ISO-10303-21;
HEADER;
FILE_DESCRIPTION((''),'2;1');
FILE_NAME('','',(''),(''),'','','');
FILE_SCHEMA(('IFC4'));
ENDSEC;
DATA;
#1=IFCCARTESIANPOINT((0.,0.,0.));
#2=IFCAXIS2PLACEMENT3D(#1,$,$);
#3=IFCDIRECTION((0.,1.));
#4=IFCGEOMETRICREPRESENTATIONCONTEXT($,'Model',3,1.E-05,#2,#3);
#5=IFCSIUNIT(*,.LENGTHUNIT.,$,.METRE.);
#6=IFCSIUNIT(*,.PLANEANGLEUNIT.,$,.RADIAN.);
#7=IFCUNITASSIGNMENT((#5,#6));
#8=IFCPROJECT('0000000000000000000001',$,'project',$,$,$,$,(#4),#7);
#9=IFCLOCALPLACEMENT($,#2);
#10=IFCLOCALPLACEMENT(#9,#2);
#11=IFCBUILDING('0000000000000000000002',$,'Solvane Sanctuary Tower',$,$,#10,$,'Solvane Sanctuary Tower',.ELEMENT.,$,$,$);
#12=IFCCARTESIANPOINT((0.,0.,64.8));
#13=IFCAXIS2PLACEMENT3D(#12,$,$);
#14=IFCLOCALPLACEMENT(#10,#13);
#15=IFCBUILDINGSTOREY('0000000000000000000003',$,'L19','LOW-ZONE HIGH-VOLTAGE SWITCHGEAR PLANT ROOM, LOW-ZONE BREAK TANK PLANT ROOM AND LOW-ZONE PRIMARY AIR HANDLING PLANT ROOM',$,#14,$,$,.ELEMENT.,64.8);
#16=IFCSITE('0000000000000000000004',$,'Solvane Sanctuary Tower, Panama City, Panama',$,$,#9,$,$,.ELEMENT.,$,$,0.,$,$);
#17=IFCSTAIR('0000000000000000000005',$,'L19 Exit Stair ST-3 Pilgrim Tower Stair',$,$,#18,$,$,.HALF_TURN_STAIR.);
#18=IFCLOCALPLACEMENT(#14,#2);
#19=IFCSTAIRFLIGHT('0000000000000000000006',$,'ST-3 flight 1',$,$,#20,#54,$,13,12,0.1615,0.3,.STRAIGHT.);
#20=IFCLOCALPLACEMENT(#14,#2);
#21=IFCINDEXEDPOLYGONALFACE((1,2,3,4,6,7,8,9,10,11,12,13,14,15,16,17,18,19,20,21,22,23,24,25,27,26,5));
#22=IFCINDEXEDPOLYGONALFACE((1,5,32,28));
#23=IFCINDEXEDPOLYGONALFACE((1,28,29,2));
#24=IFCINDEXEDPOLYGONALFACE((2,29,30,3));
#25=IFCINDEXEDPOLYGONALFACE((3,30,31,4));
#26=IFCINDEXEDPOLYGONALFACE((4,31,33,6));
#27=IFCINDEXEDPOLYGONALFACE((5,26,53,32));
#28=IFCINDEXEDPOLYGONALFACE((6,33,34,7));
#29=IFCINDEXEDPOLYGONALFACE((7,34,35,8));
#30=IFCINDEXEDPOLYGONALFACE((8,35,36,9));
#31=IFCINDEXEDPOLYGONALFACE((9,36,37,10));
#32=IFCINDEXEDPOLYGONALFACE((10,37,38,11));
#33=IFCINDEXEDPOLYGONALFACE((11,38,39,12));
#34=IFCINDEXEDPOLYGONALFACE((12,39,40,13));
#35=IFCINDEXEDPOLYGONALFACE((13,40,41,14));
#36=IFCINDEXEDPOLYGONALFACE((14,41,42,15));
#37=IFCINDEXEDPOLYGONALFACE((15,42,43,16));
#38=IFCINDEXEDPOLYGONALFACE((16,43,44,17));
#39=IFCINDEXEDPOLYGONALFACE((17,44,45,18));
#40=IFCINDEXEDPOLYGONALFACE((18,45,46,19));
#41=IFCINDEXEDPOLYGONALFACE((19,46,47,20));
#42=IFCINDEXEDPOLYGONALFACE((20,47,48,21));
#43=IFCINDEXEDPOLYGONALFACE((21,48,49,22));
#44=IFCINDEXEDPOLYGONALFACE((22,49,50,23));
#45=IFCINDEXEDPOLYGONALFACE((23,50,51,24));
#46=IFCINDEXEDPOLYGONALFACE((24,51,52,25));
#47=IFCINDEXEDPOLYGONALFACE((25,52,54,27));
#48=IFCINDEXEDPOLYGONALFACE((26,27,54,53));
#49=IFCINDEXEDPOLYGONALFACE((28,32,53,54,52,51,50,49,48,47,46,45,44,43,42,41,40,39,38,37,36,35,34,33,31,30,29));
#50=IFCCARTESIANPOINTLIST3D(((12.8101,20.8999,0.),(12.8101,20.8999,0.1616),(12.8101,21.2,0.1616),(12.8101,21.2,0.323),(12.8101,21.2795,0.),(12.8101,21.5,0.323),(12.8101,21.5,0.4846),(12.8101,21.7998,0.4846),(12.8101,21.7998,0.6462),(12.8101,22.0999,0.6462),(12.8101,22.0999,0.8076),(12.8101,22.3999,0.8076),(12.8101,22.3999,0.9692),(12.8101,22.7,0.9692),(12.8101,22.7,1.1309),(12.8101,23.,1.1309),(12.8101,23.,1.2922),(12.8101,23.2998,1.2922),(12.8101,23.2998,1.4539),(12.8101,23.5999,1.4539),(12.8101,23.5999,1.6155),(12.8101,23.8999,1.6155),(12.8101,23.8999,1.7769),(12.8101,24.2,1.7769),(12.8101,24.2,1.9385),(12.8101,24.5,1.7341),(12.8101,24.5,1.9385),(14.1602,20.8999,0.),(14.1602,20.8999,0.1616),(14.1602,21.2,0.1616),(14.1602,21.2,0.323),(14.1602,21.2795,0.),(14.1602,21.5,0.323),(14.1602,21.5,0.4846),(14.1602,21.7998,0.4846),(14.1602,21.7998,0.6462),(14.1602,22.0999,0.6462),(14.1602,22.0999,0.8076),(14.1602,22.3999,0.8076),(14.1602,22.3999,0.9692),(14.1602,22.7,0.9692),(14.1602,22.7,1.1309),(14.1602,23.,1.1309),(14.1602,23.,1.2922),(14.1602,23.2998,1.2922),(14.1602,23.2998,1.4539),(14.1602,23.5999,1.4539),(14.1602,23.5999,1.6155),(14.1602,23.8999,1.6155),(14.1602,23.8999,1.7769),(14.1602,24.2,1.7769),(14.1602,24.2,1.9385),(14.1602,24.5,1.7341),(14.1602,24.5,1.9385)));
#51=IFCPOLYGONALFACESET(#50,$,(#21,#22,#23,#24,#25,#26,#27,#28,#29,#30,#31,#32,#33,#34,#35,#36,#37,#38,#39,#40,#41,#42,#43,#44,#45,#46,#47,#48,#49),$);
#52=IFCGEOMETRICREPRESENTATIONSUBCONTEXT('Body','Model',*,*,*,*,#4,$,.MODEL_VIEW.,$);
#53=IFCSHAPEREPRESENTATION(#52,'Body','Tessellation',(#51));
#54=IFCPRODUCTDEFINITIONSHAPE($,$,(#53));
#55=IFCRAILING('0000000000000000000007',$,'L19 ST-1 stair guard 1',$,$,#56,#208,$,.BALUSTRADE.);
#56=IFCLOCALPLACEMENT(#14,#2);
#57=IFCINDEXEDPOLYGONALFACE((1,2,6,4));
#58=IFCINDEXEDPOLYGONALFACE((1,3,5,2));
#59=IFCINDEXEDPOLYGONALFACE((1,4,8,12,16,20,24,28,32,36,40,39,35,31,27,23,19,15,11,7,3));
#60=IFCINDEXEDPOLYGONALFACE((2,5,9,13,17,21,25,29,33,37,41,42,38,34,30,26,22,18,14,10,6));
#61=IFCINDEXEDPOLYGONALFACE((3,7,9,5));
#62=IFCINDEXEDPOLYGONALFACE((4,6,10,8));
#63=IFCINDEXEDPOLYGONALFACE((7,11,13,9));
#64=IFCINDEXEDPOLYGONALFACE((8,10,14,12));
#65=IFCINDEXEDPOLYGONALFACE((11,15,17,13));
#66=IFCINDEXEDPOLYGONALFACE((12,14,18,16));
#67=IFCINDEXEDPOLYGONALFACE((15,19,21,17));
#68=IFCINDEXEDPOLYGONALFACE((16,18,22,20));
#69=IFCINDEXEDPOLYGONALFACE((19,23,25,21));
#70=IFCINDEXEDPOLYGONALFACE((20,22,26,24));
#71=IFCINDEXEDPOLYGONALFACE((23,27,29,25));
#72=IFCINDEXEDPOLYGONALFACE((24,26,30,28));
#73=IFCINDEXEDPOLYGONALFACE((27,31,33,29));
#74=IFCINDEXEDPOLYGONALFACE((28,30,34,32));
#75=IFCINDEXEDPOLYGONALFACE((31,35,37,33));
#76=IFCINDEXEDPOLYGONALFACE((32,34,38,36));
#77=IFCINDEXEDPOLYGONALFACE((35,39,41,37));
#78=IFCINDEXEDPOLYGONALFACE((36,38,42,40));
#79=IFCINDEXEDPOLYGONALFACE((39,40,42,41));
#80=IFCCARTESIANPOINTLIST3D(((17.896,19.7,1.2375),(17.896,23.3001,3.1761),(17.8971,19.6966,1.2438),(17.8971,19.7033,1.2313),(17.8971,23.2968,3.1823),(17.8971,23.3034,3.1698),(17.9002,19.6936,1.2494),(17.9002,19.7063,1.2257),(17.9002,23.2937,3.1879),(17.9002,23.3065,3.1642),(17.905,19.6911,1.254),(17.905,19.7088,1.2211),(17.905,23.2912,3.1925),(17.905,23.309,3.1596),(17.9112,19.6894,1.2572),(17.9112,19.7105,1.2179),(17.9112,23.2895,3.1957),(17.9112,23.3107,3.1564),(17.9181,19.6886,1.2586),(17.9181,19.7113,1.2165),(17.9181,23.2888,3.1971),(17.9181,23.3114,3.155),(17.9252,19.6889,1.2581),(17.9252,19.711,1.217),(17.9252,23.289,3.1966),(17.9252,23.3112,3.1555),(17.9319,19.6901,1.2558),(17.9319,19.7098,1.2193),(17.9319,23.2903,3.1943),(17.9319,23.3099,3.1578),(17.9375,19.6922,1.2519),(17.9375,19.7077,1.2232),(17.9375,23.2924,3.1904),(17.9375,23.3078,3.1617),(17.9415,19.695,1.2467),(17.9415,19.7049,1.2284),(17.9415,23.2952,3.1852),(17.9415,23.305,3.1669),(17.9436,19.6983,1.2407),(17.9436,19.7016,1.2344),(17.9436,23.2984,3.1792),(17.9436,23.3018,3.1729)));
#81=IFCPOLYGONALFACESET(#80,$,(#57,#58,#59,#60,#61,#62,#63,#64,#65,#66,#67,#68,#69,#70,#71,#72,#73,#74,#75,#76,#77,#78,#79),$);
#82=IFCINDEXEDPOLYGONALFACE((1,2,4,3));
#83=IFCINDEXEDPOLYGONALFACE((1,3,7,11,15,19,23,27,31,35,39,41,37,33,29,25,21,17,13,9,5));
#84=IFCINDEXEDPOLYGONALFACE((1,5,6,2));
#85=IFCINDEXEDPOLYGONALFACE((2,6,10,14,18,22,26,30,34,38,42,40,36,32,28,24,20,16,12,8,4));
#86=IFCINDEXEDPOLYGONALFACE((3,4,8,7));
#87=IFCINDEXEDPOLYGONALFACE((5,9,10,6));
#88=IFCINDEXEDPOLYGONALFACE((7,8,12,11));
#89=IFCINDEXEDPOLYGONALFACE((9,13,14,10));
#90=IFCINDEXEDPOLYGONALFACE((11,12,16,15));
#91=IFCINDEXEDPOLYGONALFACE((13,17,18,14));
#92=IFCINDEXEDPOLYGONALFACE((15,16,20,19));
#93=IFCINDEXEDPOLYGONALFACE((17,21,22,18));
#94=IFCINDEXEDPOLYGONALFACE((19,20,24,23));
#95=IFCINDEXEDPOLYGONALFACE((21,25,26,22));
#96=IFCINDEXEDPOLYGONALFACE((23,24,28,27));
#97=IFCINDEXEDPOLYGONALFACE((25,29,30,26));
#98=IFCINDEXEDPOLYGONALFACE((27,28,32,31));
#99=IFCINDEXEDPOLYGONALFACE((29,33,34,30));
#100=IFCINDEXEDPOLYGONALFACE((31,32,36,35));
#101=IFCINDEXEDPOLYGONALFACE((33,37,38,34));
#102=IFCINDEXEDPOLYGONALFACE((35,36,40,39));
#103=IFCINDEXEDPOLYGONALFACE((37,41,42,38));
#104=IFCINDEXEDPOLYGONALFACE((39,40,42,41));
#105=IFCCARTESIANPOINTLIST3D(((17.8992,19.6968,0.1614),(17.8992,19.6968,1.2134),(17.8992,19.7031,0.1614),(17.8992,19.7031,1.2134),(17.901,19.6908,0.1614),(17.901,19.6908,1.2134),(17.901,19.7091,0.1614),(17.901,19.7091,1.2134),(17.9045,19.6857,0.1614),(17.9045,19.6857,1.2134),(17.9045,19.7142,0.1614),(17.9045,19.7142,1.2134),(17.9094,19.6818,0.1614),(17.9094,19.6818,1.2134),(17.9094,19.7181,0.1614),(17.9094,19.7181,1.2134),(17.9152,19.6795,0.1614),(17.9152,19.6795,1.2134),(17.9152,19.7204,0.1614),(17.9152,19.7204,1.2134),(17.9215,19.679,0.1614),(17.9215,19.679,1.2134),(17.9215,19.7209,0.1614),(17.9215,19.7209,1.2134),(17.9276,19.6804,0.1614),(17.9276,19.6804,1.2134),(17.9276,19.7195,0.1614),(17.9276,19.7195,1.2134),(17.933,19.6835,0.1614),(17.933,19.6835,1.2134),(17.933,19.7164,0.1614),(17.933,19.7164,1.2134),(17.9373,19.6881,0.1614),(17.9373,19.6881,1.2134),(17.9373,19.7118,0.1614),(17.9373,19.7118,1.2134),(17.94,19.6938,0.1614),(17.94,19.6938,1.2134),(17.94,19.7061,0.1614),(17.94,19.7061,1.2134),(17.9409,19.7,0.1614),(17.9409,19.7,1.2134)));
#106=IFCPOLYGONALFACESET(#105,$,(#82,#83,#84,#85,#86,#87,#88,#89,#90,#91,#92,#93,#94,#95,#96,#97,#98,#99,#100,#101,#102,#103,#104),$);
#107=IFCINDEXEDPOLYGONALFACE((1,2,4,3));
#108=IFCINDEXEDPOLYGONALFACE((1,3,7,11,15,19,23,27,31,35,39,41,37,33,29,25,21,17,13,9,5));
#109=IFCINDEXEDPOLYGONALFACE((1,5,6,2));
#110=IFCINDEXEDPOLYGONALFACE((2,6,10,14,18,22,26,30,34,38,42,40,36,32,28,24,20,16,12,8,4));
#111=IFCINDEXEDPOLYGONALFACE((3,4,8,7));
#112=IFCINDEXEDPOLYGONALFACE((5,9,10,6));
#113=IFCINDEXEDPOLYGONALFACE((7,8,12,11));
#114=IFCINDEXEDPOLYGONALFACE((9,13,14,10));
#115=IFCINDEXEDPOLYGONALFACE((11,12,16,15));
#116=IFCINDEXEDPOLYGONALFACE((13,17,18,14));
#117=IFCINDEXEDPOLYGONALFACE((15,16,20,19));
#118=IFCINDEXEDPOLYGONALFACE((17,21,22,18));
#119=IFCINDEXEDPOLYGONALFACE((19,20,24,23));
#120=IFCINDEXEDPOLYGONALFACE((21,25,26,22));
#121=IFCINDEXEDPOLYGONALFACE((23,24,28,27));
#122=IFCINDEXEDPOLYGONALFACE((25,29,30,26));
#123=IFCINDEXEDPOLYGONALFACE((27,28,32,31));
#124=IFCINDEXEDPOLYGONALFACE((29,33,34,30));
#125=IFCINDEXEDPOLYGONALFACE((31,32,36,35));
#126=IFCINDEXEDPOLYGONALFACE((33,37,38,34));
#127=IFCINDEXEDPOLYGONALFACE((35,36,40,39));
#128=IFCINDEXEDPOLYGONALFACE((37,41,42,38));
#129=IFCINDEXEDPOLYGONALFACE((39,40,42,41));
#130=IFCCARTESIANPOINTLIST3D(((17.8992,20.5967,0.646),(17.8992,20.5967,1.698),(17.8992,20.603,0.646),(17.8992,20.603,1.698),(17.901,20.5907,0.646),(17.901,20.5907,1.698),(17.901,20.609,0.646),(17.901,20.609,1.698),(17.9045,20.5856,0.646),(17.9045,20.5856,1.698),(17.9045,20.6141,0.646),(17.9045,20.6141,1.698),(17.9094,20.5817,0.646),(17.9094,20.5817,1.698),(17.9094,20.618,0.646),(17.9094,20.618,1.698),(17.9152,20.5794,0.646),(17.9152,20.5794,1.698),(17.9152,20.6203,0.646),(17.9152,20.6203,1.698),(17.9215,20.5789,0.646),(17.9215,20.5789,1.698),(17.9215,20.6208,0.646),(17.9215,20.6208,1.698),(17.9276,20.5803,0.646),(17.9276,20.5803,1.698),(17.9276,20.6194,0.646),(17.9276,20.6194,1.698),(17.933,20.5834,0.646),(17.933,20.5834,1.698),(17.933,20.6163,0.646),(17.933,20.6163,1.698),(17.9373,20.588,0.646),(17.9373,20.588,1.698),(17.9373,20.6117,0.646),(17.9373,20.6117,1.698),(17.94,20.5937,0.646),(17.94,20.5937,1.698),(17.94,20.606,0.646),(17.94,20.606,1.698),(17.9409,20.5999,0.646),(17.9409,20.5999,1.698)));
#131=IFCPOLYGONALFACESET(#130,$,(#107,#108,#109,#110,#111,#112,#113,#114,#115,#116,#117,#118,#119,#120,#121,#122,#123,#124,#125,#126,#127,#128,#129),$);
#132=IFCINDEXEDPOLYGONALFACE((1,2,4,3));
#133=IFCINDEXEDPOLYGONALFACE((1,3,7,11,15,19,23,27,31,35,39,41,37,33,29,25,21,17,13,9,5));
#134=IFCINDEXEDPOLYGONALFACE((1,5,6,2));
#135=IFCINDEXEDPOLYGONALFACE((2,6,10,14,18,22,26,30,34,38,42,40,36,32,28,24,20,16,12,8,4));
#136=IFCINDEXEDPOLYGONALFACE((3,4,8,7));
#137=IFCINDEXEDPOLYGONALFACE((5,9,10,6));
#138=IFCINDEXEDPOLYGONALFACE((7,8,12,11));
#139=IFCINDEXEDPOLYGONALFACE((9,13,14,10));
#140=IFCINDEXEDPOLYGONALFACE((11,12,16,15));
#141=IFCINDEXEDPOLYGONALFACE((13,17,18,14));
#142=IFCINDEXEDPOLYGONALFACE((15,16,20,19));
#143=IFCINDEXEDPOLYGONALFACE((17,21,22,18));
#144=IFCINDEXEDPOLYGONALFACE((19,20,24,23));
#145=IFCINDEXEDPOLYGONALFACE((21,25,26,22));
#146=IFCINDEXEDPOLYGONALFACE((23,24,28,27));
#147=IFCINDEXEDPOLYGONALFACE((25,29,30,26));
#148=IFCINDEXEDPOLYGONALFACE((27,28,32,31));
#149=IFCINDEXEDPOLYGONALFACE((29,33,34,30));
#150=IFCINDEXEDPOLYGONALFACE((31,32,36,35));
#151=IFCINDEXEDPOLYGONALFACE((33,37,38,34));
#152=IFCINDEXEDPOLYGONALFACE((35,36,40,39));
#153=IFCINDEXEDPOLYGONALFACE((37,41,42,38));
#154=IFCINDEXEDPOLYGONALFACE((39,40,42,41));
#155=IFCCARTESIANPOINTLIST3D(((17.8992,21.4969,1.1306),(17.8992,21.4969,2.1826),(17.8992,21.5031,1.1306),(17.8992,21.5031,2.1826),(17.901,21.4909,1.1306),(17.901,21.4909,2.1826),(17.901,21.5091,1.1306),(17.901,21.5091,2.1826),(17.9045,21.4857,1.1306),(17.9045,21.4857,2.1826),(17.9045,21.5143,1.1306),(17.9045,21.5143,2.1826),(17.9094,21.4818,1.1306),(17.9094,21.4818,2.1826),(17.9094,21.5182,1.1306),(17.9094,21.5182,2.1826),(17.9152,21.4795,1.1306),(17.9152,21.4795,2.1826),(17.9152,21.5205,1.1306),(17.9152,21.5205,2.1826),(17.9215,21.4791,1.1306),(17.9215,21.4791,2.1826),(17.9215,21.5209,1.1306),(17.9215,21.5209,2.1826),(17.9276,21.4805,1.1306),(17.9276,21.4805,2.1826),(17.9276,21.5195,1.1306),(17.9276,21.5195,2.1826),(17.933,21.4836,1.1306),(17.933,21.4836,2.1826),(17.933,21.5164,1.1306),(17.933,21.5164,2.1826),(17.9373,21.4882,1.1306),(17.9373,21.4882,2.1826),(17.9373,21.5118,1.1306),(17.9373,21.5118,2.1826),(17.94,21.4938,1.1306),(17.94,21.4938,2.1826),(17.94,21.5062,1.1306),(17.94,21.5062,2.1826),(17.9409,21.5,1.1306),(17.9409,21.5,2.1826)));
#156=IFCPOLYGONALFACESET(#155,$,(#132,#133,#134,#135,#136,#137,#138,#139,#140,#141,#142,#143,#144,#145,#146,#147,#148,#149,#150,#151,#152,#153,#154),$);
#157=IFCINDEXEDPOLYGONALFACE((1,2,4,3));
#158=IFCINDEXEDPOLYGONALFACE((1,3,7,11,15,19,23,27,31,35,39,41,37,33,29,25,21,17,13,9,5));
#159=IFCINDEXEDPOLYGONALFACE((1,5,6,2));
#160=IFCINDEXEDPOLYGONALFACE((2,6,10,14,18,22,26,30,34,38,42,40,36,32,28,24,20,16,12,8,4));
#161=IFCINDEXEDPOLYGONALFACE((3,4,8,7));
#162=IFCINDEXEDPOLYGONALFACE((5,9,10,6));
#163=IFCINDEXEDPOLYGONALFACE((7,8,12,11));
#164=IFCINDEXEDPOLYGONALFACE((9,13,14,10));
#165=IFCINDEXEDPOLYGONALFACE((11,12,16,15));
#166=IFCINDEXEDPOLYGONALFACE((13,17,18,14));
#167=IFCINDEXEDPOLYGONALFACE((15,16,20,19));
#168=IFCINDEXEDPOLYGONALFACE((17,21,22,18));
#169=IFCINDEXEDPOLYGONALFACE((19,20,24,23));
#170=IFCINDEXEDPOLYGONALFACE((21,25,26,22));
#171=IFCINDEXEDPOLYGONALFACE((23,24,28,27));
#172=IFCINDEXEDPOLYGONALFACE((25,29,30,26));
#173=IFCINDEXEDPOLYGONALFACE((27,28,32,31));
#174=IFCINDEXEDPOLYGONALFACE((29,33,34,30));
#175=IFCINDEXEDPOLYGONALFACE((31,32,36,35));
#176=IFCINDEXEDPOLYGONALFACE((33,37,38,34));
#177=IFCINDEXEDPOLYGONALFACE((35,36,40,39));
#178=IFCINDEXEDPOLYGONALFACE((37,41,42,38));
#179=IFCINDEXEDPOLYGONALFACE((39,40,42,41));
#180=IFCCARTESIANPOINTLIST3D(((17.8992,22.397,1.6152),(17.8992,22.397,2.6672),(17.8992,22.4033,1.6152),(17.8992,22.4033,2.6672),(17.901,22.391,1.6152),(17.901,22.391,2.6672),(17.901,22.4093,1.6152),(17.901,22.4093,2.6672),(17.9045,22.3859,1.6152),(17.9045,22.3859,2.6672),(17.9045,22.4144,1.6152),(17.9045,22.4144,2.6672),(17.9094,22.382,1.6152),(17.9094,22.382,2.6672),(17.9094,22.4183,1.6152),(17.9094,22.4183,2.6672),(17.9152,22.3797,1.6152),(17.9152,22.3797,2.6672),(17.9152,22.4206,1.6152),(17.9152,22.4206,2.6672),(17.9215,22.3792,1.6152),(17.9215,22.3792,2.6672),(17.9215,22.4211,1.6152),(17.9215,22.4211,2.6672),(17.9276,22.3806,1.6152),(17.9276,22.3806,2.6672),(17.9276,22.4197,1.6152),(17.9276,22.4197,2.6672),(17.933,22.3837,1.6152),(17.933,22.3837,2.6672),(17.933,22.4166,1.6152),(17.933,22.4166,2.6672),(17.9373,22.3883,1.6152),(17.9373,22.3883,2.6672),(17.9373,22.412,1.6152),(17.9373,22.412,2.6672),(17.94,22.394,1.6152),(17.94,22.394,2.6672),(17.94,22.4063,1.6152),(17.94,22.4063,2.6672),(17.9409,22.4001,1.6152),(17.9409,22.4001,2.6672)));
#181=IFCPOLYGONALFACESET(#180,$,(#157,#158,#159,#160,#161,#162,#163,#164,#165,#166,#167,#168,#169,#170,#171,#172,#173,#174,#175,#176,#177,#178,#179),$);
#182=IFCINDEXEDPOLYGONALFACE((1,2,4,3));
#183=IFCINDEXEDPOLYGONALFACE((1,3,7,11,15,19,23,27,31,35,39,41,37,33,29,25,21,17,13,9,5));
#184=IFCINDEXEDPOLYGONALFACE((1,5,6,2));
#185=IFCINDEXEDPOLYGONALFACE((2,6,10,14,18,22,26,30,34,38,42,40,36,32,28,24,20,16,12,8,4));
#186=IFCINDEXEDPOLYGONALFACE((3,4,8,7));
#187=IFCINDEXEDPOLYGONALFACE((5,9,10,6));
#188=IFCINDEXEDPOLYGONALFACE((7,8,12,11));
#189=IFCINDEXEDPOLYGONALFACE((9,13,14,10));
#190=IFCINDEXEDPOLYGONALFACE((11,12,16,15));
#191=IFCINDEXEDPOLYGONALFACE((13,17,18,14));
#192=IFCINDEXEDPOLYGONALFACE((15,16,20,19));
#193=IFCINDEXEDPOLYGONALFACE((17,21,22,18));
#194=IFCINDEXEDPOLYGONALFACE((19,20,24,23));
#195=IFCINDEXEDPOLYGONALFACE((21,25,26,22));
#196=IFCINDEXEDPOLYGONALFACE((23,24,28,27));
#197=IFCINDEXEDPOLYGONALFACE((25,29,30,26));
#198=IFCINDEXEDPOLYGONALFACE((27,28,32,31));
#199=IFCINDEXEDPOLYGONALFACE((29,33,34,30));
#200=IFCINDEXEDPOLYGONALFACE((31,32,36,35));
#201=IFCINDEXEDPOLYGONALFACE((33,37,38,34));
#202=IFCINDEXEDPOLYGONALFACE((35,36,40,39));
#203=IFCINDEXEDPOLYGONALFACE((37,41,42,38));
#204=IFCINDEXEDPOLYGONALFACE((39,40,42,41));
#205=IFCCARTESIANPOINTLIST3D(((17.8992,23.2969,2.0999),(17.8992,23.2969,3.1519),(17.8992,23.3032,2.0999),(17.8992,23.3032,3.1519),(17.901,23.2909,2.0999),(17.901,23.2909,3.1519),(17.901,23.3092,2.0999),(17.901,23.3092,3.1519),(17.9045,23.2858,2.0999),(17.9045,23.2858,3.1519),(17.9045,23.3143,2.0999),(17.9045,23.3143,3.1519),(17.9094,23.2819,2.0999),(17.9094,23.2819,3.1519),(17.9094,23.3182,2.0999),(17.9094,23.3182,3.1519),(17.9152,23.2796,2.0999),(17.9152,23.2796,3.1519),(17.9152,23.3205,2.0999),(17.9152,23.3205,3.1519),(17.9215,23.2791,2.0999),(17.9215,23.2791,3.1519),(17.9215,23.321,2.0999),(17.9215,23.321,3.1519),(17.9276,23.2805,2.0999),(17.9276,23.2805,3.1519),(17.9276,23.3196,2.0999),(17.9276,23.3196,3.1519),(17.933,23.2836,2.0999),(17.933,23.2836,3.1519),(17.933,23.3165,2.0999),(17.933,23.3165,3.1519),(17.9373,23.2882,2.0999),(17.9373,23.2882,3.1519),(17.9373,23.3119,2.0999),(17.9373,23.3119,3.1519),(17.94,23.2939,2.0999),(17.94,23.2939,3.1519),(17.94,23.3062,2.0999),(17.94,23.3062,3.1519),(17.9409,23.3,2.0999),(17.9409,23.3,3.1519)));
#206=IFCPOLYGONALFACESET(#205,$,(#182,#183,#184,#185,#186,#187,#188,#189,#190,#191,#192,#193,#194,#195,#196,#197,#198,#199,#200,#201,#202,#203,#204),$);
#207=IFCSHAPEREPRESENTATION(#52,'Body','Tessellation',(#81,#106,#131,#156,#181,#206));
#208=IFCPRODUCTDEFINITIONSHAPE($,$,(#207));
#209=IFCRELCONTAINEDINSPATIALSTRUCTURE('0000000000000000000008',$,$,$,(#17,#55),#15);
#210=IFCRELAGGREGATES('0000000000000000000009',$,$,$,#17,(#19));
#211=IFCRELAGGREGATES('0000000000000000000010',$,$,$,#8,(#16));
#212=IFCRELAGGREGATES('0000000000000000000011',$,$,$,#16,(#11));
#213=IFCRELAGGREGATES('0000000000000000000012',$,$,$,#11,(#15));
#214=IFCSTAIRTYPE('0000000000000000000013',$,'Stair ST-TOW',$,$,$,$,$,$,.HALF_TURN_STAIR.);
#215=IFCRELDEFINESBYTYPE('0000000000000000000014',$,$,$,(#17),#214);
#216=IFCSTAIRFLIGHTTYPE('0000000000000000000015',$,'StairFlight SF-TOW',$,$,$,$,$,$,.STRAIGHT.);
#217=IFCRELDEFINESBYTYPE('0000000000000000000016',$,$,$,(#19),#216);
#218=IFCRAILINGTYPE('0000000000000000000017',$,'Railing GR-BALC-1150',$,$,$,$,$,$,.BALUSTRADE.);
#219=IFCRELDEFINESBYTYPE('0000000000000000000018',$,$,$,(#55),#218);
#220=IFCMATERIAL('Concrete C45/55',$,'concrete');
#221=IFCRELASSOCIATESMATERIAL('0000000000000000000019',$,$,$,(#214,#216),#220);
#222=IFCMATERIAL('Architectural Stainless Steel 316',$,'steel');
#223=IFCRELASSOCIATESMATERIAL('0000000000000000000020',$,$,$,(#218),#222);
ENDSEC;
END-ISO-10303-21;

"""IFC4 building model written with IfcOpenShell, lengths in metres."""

from ifc_helpers import new_model, si_unit, direction, frame, origin, origin_2d, place, context, subcontext, project, spatial, polyline, circle, outline, extrude, material, type_object, element, aggregate, save


model = new_model("IFC4")

# Units and contexts
model_context = context("Model", 3, precision=1e-05, world=origin(), true_north=direction((0.0, 1.0)))
body_context = subcontext(model_context, "Body", "Model", "MODEL_VIEW")
ifc_project = project(units=[si_unit("LENGTHUNIT", "METRE"), si_unit("PLANEANGLEUNIT", "RADIAN")], contexts=[model_context])

# Site, building, storey
site_placement = place(None, origin())
site = spatial("IfcSite", under=ifc_project, at=site_placement, Name="Solvane Sanctuary Tower, Panama City, Panama", CompositionType="ELEMENT", RefElevation=0.0)
building_placement = place(site_placement, origin())
building = spatial("IfcBuilding", under=site, at=building_placement, Name="Solvane Sanctuary Tower", LongName="Solvane Sanctuary Tower", CompositionType="ELEMENT")
storey_placement = place(building_placement, frame((0.0, 0.0, 64.8)))
storey = spatial("IfcBuildingStorey", under=building, at=storey_placement, Name="L19", Description="LOW-ZONE HIGH-VOLTAGE SWITCHGEAR PLANT ROOM, LOW-ZONE BREAK TANK PLANT ROOM AND LOW-ZONE PRIMARY AIR HANDLING PLANT ROOM", CompositionType="ELEMENT", Elevation=64.8)

# Shared definitions
ifc_material_1 = material(Name="Architectural Stainless Steel 316", Category="steel")

# Stair, stair flight
ifc_material_2 = material(Name="Concrete C45/55", Category="concrete")
stair_type = type_object("IfcStairType", Name="Stair ST-TOW", PredefinedType="HALF_TURN_STAIR", material=ifc_material_2)
stair_flight_type = type_object("IfcStairFlightType", Name="StairFlight SF-TOW", PredefinedType="STRAIGHT", material=ifc_material_2)
stair_1_placement = place(storey_placement, origin())
stair_1 = element("IfcStair", 1, at=stair_1_placement, inside=storey, type_object=stair_type, Name="L19 Exit Stair ST-3 Pilgrim Tower Stair", PredefinedType="HALF_TURN_STAIR")
stair_flight_1_placement = place(storey_placement, frame((13.4851, 20.8999, 0.0), z_axis=(0.0, 0.0, 1.0), x_axis=(0.0, 1.0, 0.0)))
stair_flight_1 = element("IfcStairFlight", 2, at=stair_flight_1_placement, type_object=stair_flight_type, Name="ST-3 flight 1", NumberOfRisers=13, NumberOfTreads=12, PredefinedType="STRAIGHT", RiserHeight=0.1615, TreadLength=0.3, context=body_context, shape_type="SweptSolid", body=[
    extrude(outline(polyline([(0.0, 0.0), (0.0, 0.1616), (0.3, 0.1616), (0.3, 0.323), (0.6001, 0.323), (0.6001, 0.4846), (0.8999, 0.4846), (0.8999, 0.6462), (1.2, 0.6462), (1.2, 0.8076), (1.5, 0.8076), (1.5, 0.9692), (1.8, 0.9692), (1.8, 1.1309), (2.1001, 1.1309), (2.1001, 1.2922), (2.3999, 1.2922), (2.3999, 1.4539), (2.7, 1.4539), (2.7, 1.6155), (3.0, 1.6155), (3.0, 1.7769), (3.3, 1.7769), (3.3, 1.9385), (3.6001, 1.9385), (3.6001, 2.1001), (3.6001, 1.7341), (0.3796, 0.0), (0.0, 0.0)])), frame((0.0, 0.675, 0.0), z_axis=(0.0, -1.0, 0.0), x_axis=(1.0, 0.0, 0.0)), (0.0, 0.0, 1.0), 1.3501),
])
aggregate(stair_1, [stair_flight_1])

# Railing
railing_type_1 = type_object("IfcRailingType", Name="Railing GR-BALC-1150", PredefinedType="BALUSTRADE", material=ifc_material_1)
railing_1_placement = place(storey_placement, frame((17.9199, 19.7, 0.1614)))
element("IfcRailing", 3, at=railing_1_placement, inside=storey, type_object=railing_type_1, Name="L19 ST-1 stair guard 1", PredefinedType="BALUSTRADE", context=body_context, shape_type="SweptSolid", body=[
    extrude(circle(Radius=0.0239, at=origin_2d()), frame((0.0, 0.0, 1.0762), z_axis=(0.0, 0.880475, 0.474093), x_axis=(-1.0, 0.0, 0.0)), (0.0, 0.0, 1.0), 4.0889),
    extrude(circle(Radius=0.021, at=origin_2d()), origin(), (0.0, 0.0, 1.0), 1.052),
    extrude(circle(Radius=0.021, at=origin_2d()), frame((0.0, 0.8999, 0.4846)), (0.0, 0.0, 1.0), 1.052),
    extrude(circle(Radius=0.021, at=origin_2d()), frame((0.0, 1.8, 0.9692)), (0.0, 0.0, 1.0), 1.052),
    extrude(circle(Radius=0.021, at=origin_2d()), frame((0.0, 2.7002, 1.4539)), (0.0, 0.0, 1.0), 1.052),
    extrude(circle(Radius=0.021, at=origin_2d()), frame((0.0, 3.6001, 1.9385)), (0.0, 0.0, 1.0), 1.052),
])

save(model, "model.ifc")
